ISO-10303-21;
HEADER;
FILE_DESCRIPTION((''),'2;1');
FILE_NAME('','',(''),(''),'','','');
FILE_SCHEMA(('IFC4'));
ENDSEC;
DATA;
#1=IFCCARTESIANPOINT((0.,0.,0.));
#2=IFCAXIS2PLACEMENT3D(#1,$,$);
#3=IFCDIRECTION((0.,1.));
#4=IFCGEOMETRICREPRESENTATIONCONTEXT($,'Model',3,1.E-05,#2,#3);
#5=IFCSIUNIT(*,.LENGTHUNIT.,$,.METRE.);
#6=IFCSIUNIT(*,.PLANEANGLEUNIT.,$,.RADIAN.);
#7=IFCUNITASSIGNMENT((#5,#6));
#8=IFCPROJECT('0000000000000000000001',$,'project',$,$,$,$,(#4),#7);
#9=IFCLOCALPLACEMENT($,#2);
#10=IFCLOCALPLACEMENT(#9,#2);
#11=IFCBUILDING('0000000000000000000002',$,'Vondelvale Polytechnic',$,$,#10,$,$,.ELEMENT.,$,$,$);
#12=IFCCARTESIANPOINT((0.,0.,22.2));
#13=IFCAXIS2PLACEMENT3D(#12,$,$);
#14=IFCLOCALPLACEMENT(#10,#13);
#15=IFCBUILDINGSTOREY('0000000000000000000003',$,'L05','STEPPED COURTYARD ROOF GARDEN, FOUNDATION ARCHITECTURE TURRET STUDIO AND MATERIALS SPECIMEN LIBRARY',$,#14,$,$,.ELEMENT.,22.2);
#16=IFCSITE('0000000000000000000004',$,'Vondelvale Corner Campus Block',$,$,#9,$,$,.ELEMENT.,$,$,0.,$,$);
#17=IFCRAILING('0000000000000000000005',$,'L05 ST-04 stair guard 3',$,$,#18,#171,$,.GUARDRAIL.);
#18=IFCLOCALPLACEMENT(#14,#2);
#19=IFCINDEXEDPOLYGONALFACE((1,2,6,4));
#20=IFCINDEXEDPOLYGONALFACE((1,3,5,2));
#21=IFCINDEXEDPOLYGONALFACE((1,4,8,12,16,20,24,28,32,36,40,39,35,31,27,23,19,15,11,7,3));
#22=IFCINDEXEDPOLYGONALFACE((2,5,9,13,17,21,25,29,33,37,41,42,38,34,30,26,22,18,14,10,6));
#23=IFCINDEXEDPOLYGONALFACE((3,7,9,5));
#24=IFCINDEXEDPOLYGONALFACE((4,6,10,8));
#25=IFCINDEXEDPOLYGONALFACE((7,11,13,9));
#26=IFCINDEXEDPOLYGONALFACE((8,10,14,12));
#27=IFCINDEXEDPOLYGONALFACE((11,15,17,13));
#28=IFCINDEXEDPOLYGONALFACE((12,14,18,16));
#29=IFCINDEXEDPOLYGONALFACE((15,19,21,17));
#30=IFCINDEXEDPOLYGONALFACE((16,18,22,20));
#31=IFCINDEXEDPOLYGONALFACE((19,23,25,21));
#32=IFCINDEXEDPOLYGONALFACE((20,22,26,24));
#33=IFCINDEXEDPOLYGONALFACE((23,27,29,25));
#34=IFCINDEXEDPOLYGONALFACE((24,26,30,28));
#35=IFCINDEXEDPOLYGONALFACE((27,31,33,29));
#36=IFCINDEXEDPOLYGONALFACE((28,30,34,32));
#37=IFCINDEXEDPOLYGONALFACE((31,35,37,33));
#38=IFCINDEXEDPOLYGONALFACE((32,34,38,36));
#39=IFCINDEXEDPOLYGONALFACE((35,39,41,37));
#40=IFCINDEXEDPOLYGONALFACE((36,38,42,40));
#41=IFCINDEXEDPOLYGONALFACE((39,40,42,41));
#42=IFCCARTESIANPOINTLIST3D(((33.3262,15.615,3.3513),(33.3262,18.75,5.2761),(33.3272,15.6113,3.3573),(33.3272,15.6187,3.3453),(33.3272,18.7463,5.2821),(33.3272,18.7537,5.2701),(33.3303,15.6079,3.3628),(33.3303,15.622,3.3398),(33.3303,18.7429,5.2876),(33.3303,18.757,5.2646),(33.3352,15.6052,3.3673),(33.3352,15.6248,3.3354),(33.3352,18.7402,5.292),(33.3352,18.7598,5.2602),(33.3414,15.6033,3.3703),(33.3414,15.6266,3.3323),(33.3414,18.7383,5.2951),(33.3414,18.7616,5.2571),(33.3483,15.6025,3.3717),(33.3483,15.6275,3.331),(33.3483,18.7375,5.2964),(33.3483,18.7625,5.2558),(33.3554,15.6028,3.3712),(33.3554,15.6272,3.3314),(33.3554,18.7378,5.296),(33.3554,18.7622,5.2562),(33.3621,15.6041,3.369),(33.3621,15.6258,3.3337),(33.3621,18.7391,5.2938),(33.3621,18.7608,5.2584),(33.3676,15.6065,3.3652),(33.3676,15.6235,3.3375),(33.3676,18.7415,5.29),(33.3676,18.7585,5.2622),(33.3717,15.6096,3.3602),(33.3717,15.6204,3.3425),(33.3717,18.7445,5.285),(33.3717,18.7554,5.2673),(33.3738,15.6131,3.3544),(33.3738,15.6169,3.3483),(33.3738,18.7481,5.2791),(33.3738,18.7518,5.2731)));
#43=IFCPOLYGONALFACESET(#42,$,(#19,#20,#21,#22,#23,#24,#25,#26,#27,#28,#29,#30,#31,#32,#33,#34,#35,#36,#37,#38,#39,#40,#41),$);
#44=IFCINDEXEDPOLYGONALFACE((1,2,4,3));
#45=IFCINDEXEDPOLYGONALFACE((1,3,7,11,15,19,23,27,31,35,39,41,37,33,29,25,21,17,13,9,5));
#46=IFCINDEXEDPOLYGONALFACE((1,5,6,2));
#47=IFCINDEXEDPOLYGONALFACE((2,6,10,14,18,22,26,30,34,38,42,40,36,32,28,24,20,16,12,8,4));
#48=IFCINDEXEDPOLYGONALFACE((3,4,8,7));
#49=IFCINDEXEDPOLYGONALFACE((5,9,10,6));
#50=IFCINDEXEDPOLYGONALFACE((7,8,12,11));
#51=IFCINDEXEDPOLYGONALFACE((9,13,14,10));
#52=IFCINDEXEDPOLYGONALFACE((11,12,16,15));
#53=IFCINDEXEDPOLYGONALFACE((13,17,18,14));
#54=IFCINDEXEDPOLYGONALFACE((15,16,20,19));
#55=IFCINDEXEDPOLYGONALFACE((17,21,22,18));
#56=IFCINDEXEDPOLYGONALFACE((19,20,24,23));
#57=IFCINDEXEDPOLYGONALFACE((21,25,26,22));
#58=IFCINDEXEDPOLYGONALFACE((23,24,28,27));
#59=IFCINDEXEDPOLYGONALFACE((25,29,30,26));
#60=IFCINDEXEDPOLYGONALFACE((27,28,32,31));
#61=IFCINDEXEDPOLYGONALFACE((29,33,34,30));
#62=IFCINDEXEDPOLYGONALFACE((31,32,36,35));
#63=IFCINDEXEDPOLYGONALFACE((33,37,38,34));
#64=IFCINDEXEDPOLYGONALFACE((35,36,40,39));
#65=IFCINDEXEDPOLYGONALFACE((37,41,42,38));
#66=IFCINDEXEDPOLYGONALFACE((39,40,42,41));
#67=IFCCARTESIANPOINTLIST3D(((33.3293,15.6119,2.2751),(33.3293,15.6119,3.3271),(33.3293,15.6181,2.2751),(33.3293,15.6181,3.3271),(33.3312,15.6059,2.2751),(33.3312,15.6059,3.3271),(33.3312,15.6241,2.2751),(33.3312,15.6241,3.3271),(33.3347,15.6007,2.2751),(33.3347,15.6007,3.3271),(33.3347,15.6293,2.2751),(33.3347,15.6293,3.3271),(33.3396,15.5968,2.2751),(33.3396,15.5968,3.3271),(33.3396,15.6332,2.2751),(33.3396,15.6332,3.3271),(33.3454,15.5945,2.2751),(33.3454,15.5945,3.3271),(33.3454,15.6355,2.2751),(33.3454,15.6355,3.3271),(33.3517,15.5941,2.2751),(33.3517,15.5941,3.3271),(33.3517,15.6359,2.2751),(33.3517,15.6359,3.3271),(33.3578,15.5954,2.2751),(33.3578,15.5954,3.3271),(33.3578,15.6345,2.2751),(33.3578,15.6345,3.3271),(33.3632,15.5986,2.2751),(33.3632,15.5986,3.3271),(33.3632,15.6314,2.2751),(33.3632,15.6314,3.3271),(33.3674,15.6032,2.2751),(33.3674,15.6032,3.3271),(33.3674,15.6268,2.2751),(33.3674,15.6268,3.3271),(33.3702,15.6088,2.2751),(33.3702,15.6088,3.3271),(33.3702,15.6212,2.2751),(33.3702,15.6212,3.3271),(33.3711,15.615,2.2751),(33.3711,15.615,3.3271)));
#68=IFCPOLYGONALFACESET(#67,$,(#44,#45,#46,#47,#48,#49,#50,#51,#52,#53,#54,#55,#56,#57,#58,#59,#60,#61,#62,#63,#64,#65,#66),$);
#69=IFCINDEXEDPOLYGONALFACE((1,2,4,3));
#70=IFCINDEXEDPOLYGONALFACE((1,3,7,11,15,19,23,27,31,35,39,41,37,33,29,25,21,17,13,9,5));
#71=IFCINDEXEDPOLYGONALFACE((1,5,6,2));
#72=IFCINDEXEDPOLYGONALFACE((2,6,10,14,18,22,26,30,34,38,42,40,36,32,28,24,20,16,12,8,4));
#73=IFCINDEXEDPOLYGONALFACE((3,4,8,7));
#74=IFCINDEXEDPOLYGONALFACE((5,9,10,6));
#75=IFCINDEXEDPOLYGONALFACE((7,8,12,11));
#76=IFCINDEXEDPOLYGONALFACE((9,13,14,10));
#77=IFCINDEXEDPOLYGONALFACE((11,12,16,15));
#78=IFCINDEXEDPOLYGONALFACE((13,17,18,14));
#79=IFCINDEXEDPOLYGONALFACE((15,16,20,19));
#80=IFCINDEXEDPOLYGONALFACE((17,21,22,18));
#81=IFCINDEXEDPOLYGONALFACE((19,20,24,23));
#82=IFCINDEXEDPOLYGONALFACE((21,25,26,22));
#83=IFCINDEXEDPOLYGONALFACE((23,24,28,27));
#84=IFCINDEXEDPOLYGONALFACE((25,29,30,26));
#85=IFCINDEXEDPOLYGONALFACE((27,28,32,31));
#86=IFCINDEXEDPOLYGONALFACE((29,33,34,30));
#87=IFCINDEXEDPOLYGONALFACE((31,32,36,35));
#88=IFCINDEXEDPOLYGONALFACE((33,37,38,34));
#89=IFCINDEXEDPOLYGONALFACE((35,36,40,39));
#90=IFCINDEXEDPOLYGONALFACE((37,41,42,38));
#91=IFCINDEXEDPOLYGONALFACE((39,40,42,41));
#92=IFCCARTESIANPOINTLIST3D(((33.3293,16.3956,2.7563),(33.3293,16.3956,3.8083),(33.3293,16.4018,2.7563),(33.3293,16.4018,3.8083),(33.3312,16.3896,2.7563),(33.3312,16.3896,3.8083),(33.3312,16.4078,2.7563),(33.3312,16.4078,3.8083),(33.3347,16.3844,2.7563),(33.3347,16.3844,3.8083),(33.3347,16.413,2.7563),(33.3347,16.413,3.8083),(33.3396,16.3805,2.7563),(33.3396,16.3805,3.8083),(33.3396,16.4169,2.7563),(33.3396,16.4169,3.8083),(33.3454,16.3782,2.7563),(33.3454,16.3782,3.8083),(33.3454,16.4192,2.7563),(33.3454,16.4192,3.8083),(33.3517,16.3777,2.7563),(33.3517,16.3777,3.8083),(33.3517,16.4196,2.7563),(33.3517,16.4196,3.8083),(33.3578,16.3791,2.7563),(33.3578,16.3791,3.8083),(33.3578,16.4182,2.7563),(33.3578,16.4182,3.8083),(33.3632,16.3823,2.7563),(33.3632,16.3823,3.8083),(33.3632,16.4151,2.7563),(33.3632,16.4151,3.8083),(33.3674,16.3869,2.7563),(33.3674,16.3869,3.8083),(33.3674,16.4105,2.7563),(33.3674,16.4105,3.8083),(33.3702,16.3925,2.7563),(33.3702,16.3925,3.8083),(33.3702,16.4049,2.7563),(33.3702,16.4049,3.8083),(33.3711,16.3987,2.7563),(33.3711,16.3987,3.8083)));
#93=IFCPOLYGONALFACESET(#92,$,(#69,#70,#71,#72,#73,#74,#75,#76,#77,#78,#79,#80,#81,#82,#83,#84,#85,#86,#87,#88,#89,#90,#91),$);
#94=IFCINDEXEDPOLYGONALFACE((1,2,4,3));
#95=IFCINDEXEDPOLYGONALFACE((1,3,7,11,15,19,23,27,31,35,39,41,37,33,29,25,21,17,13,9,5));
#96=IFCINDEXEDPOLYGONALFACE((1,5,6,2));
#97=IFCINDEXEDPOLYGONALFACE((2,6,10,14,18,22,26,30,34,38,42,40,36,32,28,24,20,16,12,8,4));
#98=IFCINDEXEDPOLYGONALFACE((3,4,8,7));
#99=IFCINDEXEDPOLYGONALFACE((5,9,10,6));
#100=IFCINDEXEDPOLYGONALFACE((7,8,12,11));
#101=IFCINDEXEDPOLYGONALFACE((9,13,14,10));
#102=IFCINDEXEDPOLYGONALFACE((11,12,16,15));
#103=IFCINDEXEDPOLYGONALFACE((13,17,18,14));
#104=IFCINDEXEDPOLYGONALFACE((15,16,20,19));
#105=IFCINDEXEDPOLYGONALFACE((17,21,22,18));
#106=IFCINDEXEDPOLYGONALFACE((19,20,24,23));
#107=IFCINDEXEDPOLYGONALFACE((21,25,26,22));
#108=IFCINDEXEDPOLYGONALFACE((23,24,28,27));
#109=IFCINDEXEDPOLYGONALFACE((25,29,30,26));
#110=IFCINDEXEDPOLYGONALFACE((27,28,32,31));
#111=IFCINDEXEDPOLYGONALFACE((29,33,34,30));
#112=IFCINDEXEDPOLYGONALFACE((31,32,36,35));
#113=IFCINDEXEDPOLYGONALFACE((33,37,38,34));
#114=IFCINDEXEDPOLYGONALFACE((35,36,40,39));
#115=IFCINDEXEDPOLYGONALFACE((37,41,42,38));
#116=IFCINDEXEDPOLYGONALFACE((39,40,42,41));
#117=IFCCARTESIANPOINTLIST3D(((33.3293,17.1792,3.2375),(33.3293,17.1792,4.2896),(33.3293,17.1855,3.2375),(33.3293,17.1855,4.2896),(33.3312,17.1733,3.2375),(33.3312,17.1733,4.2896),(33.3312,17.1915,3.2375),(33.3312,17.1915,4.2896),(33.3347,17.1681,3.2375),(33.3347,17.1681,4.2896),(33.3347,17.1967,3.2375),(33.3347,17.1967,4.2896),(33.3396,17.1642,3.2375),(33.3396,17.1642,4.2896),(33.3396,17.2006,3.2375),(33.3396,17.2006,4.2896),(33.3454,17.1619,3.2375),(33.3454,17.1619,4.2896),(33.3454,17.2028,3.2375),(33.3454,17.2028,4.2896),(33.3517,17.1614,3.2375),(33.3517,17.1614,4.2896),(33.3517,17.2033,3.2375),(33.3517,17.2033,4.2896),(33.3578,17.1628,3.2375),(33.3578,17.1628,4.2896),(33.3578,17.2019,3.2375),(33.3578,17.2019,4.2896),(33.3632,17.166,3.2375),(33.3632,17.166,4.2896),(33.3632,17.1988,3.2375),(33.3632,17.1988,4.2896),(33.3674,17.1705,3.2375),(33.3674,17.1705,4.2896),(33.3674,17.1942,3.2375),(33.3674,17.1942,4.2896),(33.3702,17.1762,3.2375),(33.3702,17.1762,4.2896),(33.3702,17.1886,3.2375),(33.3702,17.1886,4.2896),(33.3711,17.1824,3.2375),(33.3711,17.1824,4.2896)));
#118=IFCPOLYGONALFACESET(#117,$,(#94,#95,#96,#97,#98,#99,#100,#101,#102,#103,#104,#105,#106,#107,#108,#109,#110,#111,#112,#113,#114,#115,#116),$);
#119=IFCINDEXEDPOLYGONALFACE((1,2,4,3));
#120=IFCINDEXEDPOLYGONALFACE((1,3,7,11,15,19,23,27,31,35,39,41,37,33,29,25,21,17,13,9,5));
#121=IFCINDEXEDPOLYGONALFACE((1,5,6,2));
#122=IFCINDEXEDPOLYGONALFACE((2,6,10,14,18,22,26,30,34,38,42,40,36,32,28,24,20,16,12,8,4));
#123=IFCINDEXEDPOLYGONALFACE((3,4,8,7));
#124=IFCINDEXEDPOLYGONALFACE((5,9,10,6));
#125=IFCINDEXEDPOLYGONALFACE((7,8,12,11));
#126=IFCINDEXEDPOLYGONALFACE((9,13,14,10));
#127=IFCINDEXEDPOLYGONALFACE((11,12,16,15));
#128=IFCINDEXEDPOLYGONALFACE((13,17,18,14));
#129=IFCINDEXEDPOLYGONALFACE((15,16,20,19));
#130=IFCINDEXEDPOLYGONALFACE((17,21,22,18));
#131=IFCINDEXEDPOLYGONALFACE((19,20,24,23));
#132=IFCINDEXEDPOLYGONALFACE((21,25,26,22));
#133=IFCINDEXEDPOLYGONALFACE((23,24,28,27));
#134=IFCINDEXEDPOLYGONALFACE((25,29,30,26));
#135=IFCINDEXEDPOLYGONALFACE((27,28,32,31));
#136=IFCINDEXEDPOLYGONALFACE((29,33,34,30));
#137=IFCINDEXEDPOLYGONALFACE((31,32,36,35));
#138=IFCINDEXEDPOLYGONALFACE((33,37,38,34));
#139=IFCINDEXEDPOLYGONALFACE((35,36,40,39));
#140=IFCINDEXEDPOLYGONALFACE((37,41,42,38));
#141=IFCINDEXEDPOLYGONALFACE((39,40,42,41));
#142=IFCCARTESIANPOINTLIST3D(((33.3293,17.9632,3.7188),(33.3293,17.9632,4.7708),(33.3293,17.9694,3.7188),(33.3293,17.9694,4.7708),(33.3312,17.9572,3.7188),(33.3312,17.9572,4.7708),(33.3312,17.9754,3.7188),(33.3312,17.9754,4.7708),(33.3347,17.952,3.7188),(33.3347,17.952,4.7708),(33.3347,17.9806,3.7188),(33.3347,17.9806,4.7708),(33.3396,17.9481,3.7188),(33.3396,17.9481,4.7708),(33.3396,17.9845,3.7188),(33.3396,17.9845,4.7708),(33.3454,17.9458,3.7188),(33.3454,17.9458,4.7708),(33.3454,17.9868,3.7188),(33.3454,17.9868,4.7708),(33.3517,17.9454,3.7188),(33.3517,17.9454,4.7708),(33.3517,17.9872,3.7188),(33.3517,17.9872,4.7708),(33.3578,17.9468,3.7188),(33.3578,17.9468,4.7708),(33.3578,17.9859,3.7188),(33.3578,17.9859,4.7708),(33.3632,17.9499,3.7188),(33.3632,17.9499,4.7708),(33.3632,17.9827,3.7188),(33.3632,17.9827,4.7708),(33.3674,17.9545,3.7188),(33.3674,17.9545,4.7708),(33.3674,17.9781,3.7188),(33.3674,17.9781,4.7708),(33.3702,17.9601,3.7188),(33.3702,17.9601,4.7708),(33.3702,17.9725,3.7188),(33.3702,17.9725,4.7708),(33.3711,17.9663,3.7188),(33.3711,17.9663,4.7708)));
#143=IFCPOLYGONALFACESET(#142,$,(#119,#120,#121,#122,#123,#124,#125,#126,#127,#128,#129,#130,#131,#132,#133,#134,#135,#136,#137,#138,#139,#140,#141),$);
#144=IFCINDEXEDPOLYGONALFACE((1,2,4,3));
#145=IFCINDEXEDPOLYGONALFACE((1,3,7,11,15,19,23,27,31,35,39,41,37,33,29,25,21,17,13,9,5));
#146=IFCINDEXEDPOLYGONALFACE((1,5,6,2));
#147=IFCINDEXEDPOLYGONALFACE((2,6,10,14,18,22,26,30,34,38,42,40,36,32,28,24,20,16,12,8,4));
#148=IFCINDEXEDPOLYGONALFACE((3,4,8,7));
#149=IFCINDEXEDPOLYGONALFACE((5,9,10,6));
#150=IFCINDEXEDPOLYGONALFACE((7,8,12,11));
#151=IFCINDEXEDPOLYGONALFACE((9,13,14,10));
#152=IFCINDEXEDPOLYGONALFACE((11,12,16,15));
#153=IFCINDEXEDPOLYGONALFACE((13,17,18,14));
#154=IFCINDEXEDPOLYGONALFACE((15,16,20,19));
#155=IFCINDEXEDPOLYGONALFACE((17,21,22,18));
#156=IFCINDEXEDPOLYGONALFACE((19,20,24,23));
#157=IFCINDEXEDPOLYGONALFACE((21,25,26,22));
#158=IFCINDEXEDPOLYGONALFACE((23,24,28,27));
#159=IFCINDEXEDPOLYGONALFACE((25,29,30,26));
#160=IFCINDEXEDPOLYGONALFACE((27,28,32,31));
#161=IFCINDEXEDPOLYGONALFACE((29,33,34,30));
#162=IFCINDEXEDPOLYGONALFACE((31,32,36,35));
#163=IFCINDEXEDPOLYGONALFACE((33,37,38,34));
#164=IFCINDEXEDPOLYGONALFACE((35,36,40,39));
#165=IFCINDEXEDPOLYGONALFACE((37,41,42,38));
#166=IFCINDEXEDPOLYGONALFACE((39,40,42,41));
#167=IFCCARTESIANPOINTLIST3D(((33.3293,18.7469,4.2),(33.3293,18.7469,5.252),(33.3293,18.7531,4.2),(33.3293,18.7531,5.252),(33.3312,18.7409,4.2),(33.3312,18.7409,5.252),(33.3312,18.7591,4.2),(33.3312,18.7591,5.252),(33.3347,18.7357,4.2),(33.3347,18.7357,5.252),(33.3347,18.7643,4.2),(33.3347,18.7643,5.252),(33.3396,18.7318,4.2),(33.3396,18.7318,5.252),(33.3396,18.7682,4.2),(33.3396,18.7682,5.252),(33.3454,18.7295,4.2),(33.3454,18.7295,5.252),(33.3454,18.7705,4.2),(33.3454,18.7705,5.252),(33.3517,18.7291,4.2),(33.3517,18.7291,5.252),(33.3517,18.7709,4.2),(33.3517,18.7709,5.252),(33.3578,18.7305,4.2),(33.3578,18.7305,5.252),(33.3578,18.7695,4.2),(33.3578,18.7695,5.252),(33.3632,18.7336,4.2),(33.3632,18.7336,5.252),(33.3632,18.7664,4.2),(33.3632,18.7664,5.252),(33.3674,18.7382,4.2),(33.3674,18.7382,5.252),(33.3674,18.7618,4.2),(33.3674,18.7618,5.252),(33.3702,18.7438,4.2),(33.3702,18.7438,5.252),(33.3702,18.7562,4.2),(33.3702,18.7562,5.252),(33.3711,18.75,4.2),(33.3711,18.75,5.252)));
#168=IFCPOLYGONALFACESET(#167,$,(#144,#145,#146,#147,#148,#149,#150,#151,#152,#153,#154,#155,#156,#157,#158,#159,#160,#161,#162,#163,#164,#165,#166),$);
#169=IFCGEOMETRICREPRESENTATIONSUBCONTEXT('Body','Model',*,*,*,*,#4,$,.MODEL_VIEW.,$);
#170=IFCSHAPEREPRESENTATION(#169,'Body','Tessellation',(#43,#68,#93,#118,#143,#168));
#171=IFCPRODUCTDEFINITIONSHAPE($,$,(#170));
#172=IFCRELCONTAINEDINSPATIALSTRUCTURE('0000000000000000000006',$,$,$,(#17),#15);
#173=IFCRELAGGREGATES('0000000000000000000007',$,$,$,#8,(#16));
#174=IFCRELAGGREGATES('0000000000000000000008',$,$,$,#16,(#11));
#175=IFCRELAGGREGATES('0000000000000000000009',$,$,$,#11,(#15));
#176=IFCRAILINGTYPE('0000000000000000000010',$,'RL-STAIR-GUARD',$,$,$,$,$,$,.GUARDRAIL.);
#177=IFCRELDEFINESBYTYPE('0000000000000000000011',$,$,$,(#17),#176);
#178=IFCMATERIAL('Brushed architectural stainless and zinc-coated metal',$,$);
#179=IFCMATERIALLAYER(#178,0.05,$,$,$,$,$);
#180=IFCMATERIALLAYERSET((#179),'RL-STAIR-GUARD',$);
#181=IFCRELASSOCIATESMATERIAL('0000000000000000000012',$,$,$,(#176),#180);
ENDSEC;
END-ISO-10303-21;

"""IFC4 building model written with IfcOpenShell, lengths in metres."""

from ifc_helpers import new_model, si_unit, direction, frame, origin, origin_2d, place, context, subcontext, project, spatial, circle, extrude, material, layer, layer_set, type_object, element, save


model = new_model("IFC4")

# Units and contexts
model_context = context("Model", 3, precision=1e-05, world=origin(), true_north=direction((0.0, 1.0)))
body_context = subcontext(model_context, "Body", "Model", "MODEL_VIEW")
ifc_project = project(units=[si_unit("LENGTHUNIT", "METRE"), si_unit("PLANEANGLEUNIT", "RADIAN")], contexts=[model_context])

# Site, building, storey
site_placement = place(None, origin())
site = spatial("IfcSite", under=ifc_project, at=site_placement, Name="Vondelvale Corner Campus Block", CompositionType="ELEMENT", RefElevation=0.0)
building_placement = place(site_placement, origin())
building = spatial("IfcBuilding", under=site, at=building_placement, Name="Vondelvale Polytechnic", CompositionType="ELEMENT")
storey_placement = place(building_placement, frame((0.0, 0.0, 22.2)))
storey = spatial("IfcBuildingStorey", under=building, at=storey_placement, Name="L05", Description="STEPPED COURTYARD ROOF GARDEN, FOUNDATION ARCHITECTURE TURRET STUDIO AND MATERIALS SPECIMEN LIBRARY", CompositionType="ELEMENT", Elevation=22.2)

# Railing
ifc_material_1 = material(Name="Brushed architectural stainless and zinc-coated metal")
ifc_layer_1 = layer(ifc_material_1, 0.05)
ifc_layer_set_1 = layer_set([ifc_layer_1], Name="RL-STAIR-GUARD")
railing_type_1 = type_object("IfcRailingType", Name="RL-STAIR-GUARD", PredefinedType="GUARDRAIL", material=ifc_layer_set_1)
railing_1_placement = place(storey_placement, frame((33.3501, 15.615, 2.2751)))
element("IfcRailing", 1, at=railing_1_placement, inside=storey, type_object=railing_type_1, Name="L05 ST-04 stair guard 3", PredefinedType="GUARDRAIL", context=body_context, shape_type="SweptSolid", body=[
    extrude(circle(Radius=0.0239, at=origin_2d()), frame((0.0, 0.0, 1.0762), z_axis=(0.0, 0.852196, 0.523223), x_axis=(-1.0, 0.0, 0.0)), (0.0, 0.0, 1.0), 3.6787),
    extrude(circle(Radius=0.021, at=origin_2d()), origin(), (0.0, 0.0, 1.0), 1.052),
    extrude(circle(Radius=0.021, at=origin_2d()), frame((0.0, 0.7837, 0.4812)), (0.0, 0.0, 1.0), 1.052),
    extrude(circle(Radius=0.021, at=origin_2d()), frame((0.0, 1.5674, 0.9624)), (0.0, 0.0, 1.0), 1.052),
    extrude(circle(Radius=0.021, at=origin_2d()), frame((0.0, 2.3513, 1.4436)), (0.0, 0.0, 1.0), 1.052),
    extrude(circle(Radius=0.021, at=origin_2d()), frame((0.0, 3.135, 1.9248)), (0.0, 0.0, 1.0), 1.052),
])

save(model, "model.ifc")
